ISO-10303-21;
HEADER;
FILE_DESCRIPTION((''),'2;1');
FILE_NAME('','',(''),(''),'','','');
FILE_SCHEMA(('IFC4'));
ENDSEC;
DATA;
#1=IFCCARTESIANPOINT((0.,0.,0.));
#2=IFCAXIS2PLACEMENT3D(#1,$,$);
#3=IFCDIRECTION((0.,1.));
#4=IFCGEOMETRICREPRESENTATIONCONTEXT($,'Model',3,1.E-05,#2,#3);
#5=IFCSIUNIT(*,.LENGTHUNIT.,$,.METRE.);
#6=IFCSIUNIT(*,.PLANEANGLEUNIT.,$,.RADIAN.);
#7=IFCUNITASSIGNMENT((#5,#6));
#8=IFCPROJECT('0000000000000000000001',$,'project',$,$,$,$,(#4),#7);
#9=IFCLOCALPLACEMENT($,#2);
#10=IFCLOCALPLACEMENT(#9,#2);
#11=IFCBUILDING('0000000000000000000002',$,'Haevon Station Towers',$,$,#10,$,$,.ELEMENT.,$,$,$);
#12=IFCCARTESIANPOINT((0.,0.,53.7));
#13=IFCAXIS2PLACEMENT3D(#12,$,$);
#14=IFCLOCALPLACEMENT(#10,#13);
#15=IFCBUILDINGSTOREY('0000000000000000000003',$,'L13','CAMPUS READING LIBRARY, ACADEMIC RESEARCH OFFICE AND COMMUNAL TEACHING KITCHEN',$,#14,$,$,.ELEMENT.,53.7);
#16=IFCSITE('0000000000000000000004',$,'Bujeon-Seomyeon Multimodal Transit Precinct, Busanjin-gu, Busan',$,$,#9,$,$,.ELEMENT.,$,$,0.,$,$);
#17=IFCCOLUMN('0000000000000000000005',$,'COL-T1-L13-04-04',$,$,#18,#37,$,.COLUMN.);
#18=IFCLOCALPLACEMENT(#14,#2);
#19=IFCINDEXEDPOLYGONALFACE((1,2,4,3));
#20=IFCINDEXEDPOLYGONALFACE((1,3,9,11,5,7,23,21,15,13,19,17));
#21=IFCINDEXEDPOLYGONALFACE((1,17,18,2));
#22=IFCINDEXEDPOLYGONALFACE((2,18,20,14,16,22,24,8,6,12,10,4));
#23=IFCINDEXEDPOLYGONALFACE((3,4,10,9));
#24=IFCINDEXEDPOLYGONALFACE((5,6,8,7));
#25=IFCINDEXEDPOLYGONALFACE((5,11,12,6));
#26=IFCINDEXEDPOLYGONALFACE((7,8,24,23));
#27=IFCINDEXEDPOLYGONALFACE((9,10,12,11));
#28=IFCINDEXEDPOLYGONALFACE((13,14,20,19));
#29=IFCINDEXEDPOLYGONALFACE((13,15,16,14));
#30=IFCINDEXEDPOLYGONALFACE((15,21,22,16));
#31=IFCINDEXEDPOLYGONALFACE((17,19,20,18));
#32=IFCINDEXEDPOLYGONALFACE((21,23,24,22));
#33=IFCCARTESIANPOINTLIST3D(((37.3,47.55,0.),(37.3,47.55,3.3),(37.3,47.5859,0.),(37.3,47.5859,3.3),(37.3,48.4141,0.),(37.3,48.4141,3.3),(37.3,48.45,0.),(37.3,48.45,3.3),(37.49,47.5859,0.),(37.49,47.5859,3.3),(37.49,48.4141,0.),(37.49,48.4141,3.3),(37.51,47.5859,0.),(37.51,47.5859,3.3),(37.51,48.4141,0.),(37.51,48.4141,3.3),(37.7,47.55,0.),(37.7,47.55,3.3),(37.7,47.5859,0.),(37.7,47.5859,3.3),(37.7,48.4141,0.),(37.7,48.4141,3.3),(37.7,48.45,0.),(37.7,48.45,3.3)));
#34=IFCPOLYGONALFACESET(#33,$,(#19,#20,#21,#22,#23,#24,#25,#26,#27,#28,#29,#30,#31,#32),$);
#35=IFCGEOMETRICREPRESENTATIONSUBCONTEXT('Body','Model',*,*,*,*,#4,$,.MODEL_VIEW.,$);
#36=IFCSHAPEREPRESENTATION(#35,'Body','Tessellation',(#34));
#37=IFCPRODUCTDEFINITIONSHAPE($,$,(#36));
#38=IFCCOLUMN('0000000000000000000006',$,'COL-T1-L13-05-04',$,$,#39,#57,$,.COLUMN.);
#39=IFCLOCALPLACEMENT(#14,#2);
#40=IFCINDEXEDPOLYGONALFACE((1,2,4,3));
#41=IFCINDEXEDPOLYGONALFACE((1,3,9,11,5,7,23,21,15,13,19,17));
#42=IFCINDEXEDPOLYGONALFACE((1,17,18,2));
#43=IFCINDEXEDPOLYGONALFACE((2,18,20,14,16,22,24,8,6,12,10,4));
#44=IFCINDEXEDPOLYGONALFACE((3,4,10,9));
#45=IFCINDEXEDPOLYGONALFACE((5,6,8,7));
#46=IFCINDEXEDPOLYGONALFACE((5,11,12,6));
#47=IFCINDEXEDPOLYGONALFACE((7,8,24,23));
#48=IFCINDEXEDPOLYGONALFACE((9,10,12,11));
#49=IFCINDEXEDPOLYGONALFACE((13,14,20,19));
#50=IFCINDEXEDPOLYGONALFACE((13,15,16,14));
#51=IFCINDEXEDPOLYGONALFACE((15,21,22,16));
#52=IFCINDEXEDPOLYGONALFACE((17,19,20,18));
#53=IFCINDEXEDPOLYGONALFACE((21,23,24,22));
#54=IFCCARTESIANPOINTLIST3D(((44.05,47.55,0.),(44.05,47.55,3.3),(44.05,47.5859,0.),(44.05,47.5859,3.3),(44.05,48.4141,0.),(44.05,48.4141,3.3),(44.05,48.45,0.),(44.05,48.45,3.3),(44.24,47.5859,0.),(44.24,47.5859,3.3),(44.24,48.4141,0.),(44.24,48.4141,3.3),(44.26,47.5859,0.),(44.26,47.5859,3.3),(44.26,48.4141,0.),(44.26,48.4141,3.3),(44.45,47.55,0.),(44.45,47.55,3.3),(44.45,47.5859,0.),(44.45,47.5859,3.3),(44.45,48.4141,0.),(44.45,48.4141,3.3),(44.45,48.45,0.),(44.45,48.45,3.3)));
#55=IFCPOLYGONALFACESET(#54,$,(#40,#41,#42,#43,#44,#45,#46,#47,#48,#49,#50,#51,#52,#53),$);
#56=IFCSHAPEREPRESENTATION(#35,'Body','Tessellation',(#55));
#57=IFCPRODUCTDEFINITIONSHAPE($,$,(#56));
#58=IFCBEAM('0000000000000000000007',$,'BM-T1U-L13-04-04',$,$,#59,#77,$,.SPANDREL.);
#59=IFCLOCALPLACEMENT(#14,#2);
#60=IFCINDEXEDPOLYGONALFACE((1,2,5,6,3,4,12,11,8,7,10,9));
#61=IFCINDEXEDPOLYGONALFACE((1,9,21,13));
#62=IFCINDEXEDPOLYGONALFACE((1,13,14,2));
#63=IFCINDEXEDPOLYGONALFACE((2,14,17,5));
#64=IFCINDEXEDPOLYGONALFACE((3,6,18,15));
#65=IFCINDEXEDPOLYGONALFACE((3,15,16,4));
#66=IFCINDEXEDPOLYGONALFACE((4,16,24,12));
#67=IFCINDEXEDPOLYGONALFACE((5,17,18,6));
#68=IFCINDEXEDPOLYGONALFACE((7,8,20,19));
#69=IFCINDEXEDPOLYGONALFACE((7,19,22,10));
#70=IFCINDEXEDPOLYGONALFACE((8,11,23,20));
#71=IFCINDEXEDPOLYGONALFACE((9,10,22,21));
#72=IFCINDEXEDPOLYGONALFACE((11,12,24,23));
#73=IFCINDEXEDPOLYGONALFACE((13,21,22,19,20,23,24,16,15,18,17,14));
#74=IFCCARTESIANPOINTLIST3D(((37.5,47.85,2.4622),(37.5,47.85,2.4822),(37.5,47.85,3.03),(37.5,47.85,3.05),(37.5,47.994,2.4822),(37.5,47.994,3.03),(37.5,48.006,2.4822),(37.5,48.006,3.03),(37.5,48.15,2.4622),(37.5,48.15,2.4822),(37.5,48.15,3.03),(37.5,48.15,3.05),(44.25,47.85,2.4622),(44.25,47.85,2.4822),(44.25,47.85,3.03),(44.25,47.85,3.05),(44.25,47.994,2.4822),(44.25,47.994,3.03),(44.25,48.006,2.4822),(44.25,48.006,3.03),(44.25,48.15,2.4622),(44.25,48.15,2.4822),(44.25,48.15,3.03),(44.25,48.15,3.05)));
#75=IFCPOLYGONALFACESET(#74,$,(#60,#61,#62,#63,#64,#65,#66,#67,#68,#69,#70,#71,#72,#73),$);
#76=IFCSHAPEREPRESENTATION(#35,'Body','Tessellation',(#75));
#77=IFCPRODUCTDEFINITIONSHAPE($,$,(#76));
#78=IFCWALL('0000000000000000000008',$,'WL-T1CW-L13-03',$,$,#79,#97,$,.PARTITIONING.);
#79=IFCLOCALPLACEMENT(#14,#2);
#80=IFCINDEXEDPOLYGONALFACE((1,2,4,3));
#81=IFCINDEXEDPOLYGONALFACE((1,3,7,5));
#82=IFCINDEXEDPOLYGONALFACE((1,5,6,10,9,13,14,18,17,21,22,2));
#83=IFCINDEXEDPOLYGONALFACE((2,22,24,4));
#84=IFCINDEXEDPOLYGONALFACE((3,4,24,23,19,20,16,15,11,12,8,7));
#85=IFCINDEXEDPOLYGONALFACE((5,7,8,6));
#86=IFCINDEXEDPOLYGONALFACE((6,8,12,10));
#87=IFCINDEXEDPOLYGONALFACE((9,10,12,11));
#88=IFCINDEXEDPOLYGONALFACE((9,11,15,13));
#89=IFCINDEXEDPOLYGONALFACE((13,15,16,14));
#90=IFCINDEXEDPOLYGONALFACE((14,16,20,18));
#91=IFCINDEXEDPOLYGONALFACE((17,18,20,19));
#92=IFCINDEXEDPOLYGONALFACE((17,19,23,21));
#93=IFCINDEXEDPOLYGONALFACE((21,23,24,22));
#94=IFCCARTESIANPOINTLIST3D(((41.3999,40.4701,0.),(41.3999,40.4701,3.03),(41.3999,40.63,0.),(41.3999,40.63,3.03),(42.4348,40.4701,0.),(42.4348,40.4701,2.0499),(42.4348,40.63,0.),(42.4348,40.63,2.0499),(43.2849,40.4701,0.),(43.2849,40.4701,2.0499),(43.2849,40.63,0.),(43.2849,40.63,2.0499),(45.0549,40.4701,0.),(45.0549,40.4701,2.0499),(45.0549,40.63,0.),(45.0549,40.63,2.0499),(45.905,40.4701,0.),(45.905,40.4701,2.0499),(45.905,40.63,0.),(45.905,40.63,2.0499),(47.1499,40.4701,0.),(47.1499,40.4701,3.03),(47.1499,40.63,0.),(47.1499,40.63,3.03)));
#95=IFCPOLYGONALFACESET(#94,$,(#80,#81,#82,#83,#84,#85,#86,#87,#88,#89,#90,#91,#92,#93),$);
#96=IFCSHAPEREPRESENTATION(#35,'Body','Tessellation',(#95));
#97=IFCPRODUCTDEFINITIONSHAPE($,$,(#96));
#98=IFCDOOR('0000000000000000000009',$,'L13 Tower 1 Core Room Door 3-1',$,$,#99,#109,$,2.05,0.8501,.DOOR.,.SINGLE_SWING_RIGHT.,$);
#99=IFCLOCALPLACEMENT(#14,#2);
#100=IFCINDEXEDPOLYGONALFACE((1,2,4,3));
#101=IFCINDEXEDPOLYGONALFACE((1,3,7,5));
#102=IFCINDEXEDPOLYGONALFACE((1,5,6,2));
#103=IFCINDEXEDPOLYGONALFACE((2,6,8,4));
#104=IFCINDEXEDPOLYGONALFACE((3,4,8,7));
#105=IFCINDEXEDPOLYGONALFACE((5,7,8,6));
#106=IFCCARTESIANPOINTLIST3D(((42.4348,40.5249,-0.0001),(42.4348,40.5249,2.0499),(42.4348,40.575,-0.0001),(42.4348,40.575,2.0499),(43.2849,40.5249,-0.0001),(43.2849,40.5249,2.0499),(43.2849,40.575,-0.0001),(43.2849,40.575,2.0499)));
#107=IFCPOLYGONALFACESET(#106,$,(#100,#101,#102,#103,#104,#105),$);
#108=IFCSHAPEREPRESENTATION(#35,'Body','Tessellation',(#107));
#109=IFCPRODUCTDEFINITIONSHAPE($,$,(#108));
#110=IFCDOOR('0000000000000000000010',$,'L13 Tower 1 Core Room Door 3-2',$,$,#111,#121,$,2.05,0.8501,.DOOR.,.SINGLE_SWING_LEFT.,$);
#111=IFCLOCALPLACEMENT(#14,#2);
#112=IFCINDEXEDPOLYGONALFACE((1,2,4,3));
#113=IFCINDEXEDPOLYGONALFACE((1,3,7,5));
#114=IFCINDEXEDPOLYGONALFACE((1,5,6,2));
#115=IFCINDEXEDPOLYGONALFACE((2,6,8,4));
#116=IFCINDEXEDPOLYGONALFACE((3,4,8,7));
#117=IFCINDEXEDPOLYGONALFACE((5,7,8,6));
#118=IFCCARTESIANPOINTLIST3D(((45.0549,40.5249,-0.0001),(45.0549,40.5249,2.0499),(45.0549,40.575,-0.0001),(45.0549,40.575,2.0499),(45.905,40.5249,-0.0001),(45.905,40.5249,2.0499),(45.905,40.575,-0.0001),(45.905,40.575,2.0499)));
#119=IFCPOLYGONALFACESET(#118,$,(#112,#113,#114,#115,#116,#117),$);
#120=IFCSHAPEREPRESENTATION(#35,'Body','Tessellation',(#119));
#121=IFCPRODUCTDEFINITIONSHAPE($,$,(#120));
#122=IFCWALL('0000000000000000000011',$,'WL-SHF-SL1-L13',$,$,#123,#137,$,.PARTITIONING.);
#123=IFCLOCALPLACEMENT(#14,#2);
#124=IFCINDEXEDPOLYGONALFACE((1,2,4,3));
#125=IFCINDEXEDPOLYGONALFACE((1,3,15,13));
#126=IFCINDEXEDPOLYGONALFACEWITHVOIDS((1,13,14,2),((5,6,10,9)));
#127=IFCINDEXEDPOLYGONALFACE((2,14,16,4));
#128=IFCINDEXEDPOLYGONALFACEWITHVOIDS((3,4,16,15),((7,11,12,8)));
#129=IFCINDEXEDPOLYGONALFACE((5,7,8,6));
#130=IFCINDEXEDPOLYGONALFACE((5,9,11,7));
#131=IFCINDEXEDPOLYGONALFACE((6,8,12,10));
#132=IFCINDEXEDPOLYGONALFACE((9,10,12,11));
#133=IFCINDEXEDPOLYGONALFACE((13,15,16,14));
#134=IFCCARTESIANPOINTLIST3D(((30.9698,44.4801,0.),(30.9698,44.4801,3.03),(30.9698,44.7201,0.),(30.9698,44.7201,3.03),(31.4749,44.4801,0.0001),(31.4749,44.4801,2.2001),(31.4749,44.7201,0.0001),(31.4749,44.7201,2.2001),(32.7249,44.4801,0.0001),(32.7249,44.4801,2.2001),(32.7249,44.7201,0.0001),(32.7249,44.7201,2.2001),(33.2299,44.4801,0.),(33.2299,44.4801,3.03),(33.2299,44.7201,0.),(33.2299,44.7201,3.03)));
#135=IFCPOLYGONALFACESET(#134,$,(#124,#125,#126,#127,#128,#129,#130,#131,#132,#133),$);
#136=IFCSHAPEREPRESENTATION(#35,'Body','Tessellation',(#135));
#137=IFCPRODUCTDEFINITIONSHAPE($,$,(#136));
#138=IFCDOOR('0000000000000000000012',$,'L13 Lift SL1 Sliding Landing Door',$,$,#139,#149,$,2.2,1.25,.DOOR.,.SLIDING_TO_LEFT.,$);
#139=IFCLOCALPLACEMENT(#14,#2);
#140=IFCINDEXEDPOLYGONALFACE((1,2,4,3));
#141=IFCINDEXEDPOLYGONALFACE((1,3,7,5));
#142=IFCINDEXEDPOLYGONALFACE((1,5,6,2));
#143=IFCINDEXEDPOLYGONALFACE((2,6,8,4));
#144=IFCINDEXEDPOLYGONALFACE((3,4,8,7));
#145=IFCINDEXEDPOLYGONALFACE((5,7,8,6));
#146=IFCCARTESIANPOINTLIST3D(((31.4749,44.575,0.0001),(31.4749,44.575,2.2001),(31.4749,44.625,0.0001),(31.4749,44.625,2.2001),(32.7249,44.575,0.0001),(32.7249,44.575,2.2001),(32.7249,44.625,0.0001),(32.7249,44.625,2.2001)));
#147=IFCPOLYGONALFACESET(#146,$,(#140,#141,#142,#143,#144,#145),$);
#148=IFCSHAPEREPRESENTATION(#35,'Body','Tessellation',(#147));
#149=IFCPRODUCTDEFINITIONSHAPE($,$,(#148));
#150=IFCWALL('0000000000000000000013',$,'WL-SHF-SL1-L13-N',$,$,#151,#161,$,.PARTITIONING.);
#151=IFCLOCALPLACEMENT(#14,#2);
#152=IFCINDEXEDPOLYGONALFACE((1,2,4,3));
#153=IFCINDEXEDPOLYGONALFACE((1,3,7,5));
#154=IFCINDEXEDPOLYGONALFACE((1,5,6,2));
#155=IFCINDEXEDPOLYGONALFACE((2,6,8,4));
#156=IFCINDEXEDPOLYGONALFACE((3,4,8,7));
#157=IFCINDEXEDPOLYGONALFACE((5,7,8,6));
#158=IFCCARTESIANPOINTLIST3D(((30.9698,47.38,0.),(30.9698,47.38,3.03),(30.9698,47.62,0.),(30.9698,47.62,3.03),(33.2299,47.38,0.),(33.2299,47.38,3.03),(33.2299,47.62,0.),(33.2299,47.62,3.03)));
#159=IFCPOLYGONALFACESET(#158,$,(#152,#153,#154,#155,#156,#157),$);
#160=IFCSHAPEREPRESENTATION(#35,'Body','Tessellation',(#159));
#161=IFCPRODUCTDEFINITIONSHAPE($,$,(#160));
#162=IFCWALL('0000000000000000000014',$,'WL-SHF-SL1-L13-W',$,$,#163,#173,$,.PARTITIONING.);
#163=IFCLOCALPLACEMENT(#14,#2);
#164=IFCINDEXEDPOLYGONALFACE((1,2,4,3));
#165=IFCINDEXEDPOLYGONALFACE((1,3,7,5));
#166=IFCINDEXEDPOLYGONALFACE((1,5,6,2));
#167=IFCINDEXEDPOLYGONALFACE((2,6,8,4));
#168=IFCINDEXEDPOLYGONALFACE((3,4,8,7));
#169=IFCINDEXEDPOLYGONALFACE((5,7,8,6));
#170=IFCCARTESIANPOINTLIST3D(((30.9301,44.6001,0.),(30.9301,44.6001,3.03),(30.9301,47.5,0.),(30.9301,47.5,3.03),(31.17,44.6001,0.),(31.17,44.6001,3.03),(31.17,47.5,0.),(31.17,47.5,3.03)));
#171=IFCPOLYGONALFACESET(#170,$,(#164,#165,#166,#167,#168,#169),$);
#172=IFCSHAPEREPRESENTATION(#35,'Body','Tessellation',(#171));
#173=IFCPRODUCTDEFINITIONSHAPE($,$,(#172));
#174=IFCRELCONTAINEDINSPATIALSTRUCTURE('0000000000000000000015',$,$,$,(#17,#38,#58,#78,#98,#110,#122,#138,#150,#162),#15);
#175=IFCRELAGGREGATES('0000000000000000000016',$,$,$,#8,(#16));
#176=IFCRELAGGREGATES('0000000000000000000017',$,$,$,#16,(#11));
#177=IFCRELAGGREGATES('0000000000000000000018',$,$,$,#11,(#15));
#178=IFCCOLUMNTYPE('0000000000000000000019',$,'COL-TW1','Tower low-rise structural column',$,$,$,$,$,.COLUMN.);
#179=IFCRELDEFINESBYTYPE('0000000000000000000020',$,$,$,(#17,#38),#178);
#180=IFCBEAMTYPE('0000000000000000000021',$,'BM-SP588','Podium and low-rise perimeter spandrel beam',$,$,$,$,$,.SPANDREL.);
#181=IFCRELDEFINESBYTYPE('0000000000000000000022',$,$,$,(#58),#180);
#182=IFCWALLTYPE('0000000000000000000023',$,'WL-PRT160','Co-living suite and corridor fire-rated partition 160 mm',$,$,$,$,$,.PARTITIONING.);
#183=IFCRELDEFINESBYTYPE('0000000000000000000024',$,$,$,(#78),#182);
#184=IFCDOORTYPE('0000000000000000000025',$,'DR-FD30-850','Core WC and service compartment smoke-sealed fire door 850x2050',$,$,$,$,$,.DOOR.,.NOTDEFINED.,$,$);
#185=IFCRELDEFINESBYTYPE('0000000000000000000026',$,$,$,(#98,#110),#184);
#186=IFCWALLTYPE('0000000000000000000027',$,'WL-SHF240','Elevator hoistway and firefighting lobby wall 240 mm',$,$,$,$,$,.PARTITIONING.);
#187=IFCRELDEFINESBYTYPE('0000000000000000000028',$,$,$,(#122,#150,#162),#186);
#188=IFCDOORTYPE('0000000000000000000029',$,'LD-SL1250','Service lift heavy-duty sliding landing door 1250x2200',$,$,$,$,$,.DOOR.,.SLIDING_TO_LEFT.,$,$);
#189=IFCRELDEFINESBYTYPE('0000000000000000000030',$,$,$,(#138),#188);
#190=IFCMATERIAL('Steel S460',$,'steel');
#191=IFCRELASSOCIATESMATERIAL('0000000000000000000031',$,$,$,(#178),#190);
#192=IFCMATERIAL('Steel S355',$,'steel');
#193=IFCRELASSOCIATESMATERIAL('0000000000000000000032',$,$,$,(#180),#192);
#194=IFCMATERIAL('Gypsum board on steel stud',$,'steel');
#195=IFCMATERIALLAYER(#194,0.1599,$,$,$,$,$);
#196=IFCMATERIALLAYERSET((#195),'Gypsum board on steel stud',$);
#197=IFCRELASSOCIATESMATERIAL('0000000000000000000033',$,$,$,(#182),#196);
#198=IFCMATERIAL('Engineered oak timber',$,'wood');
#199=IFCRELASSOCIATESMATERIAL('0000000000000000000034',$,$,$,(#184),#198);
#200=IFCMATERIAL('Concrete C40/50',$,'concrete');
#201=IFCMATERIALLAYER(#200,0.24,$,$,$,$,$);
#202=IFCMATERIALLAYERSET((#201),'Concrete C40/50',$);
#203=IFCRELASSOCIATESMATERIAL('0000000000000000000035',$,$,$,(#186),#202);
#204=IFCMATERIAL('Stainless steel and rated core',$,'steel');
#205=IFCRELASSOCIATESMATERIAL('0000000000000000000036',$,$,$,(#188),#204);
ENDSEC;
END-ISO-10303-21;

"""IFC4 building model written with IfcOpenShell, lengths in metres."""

from ifc_helpers import new_model, si_unit, direction, frame, frame_2d, origin, origin_2d, place, context, subcontext, project, spatial, rectangle, i_section, extrude, material, layer, layer_set, material_profile, profile_set, type_object, element, fill, save


model = new_model("IFC4")

# Units and contexts
model_context = context("Model", 3, precision=1e-05, world=origin(), true_north=direction((0.0, 1.0)))
body_context = subcontext(model_context, "Body", "Model", "MODEL_VIEW")
ifc_project = project(units=[si_unit("LENGTHUNIT", "METRE"), si_unit("PLANEANGLEUNIT", "RADIAN")], contexts=[model_context])

# Site, building, storey
site_placement = place(None, origin())
site = spatial("IfcSite", under=ifc_project, at=site_placement, Name="Bujeon-Seomyeon Multimodal Transit Precinct, Busanjin-gu, Busan", CompositionType="ELEMENT", RefElevation=0.0)
building_placement = place(site_placement, origin())
building = spatial("IfcBuilding", under=site, at=building_placement, Name="Haevon Station Towers", CompositionType="ELEMENT")
storey_placement = place(building_placement, frame((0.0, 0.0, 53.7)))
storey = spatial("IfcBuildingStorey", under=building, at=storey_placement, Name="L13", Description="CAMPUS READING LIBRARY, ACADEMIC RESEARCH OFFICE AND COMMUNAL TEACHING KITCHEN", CompositionType="ELEMENT", Elevation=53.7)

# Columns
ifc_material_1 = material(Name="Steel S460", Category="steel")
ifc_material_profile_1 = material_profile(ifc_material_1, i_section(OverallWidth=0.3999, OverallDepth=0.8999, WebThickness=0.02, FlangeThickness=0.0359, at=origin_2d()), Name="H-900x400x20x36")
ifc_profile_set_1 = profile_set([ifc_material_profile_1], Name="Steel S460")
column_type = type_object("IfcColumnType", Name="COL-TW1", Description="Tower low-rise structural column", PredefinedType="COLUMN", material=ifc_profile_set_1)
for number, where, z_axis, x_axis, name in (
    (1, (37.5, 48.0, 0.0), (0.0, 0.0, 1.0), (1.0, 0.0, 0.0), "COL-T1-L13-04-04"),
    (2, (44.25, 48.0, 0.0), (0.0, 0.0, 1.0), (1.0, 0.0, 0.0), "COL-T1-L13-05-04"),
):
    element("IfcColumn", number, at=place(storey_placement, frame(where, z_axis=z_axis, x_axis=x_axis)), inside=storey, type_object=column_type, Name=name, PredefinedType="COLUMN", context=body_context, shape_type="SweptSolid", body=[
        extrude(i_section(OverallWidth=0.3999, OverallDepth=0.8999, WebThickness=0.02, FlangeThickness=0.0359, at=origin_2d()), origin(), (0.0, 0.0, 1.0), 3.3),
    ])

# Beam
ifc_material_2 = material(Name="Steel S355", Category="steel")
ifc_material_profile_2 = material_profile(ifc_material_2, i_section(OverallWidth=0.3, OverallDepth=0.5879, WebThickness=0.012, FlangeThickness=0.02, at=origin_2d()), Name="H-588x300x12x20")
ifc_profile_set_2 = profile_set([ifc_material_profile_2], Name="Steel S355")
beam_type = type_object("IfcBeamType", Name="BM-SP588", Description="Podium and low-rise perimeter spandrel beam", PredefinedType="SPANDREL", material=ifc_profile_set_2)
beam_placement = place(storey_placement, frame((37.5, 48.0, 2.7561), z_axis=(1.0, 0.0, 0.0), x_axis=(0.0, 1.0, 0.0)))
element("IfcBeam", 3, at=beam_placement, inside=storey, type_object=beam_type, Name="BM-T1U-L13-04-04", PredefinedType="SPANDREL", context=body_context, shape_type="SweptSolid", body=[
    extrude(i_section(OverallWidth=0.3, OverallDepth=0.5879, WebThickness=0.012, FlangeThickness=0.02, at=origin_2d()), origin(), (0.0, 0.0, 1.0), 6.75),
])

# Wall, openings, doors
ifc_material_3 = material(Name="Gypsum board on steel stud", Category="steel")
ifc_layer_1 = layer(ifc_material_3, 0.1599)
ifc_layer_set_1 = layer_set([ifc_layer_1], Name="Gypsum board on steel stud")
wall_type_1 = type_object("IfcWallType", Name="WL-PRT160", Description="Co-living suite and corridor fire-rated partition 160 mm", PredefinedType="PARTITIONING", material=ifc_layer_set_1)
wall_1_placement = place(storey_placement, frame((41.3999, 40.55, 0.0), z_axis=(0.0, 0.0, 1.0), x_axis=(1.0, 0.0, 0.0)))
wall_1 = element("IfcWall", 4, at=wall_1_placement, inside=storey, type_object=wall_type_1, Name="WL-T1CW-L13-03", PredefinedType="PARTITIONING", context=body_context, shape_type="SweptSolid", body=[
    extrude(rectangle(XDim=5.75, YDim=0.1599, at=frame_2d((2.875, 0.0))), origin(), (0.0, 0.0, 1.0), 3.03),
])
opening_1_placement = place(wall_1_placement, frame((1.0349, 0.0, 0.0)))
opening_1 = element("IfcOpeningElement", 5, at=opening_1_placement, cuts=wall_1, PredefinedType="OPENING", context=body_context, shape_type="SweptSolid", body=[
    extrude(rectangle(XDim=0.8501, YDim=2.05, at=frame_2d((0.425, 1.0249))), frame((0.0, 0.0898, 0.0), z_axis=(0.0, -1.0, 0.0), x_axis=(1.0, 0.0, 0.0)), (0.0, 0.0, 1.0), 0.1799),
])
opening_2_placement = place(wall_1_placement, frame((3.655, 0.0, 0.0)))
opening_2 = element("IfcOpeningElement", 6, at=opening_2_placement, cuts=wall_1, PredefinedType="OPENING", context=body_context, shape_type="SweptSolid", body=[
    extrude(rectangle(XDim=0.8501, YDim=2.05, at=frame_2d((0.425, 1.0249))), frame((0.0, 0.0898, 0.0), z_axis=(0.0, -1.0, 0.0), x_axis=(1.0, 0.0, 0.0)), (0.0, 0.0, 1.0), 0.1799),
])
ifc_material_4 = material(Name="Engineered oak timber", Category="wood")
door_type_1 = type_object("IfcDoorType", Name="DR-FD30-850", Description="Core WC and service compartment smoke-sealed fire door 850x2050", OperationType="NOTDEFINED", PredefinedType="DOOR", material=ifc_material_4)
door_1_placement = place(opening_1_placement, origin())
door_1 = element("IfcDoor", 7, at=door_1_placement, inside=storey, type_object=door_type_1, Name="L13 Tower 1 Core Room Door 3-1", OperationType="SINGLE_SWING_RIGHT", OverallHeight=2.05, OverallWidth=0.8501, PredefinedType="DOOR", context=body_context, shape_type="SweptSolid", body=[
    extrude(rectangle(XDim=0.8501, YDim=2.05, at=frame_2d((0.425, 1.0249))), frame((0.0, 0.0249, 0.0), z_axis=(0.0, -1.0, 0.0), x_axis=(1.0, 0.0, 0.0)), (0.0, 0.0, 1.0), 0.05),
])
fill(opening_1, door_1)
door_2_placement = place(opening_2_placement, origin())
door_2 = element("IfcDoor", 8, at=door_2_placement, inside=storey, type_object=door_type_1, Name="L13 Tower 1 Core Room Door 3-2", OperationType="SINGLE_SWING_LEFT", OverallHeight=2.05, OverallWidth=0.8501, PredefinedType="DOOR", context=body_context, shape_type="SweptSolid", body=[
    extrude(rectangle(XDim=0.8501, YDim=2.05, at=frame_2d((0.425, 1.0249))), frame((0.0, 0.0249, 0.0), z_axis=(0.0, -1.0, 0.0), x_axis=(1.0, 0.0, 0.0)), (0.0, 0.0, 1.0), 0.05),
])
fill(opening_2, door_2)

# Wall, opening, door
ifc_material_5 = material(Name="Concrete C40/50", Category="concrete")
ifc_layer_2 = layer(ifc_material_5, 0.24)
ifc_layer_set_2 = layer_set([ifc_layer_2], Name="Concrete C40/50")
wall_type_2 = type_object("IfcWallType", Name="WL-SHF240", Description="Elevator hoistway and firefighting lobby wall 240 mm", PredefinedType="PARTITIONING", material=ifc_layer_set_2)
wall_2_placement = place(storey_placement, frame((30.97, 44.6001, 0.0), z_axis=(0.0, 0.0, 1.0), x_axis=(1.0, 0.0, 0.0)))
wall_2 = element("IfcWall", 9, at=wall_2_placement, inside=storey, type_object=wall_type_2, Name="WL-SHF-SL1-L13", PredefinedType="PARTITIONING", context=body_context, shape_type="SweptSolid", body=[
    extrude(rectangle(XDim=2.26, YDim=0.24, at=frame_2d((1.1299, 0.0))), origin(), (0.0, 0.0, 1.0), 3.03),
])
opening_3_placement = place(wall_2_placement, frame((0.5049, 0.0, 0.0)))
opening_3 = element("IfcOpeningElement", 10, at=opening_3_placement, cuts=wall_2, PredefinedType="OPENING", context=body_context, shape_type="SweptSolid", body=[
    extrude(rectangle(XDim=1.25, YDim=2.2, at=frame_2d((0.625, 1.1001))), frame((0.0, 0.1299, 0.0), z_axis=(0.0, -1.0, 0.0), x_axis=(1.0, 0.0, 0.0)), (0.0, 0.0, 1.0), 0.26),
])
ifc_material_6 = material(Name="Stainless steel and rated core", Category="steel")
door_type_2 = type_object("IfcDoorType", Name="LD-SL1250", Description="Service lift heavy-duty sliding landing door 1250x2200", OperationType="SLIDING_TO_LEFT", PredefinedType="DOOR", material=ifc_material_6)
door_3_placement = place(opening_3_placement, origin())
door_3 = element("IfcDoor", 11, at=door_3_placement, inside=storey, type_object=door_type_2, Name="L13 Lift SL1 Sliding Landing Door", OperationType="SLIDING_TO_LEFT", OverallHeight=2.2, OverallWidth=1.25, PredefinedType="DOOR", context=body_context, shape_type="SweptSolid", body=[
    extrude(rectangle(XDim=1.25, YDim=2.2, at=frame_2d((0.625, 1.1001))), frame((0.0, 0.0249, 0.0), z_axis=(0.0, -1.0, 0.0), x_axis=(1.0, 0.0, 0.0)), (0.0, 0.0, 1.0), 0.05),
])
fill(opening_3, door_3)

# Walls
wall_3_placement = place(storey_placement, frame((30.97, 47.5, 0.0), z_axis=(0.0, 0.0, 1.0), x_axis=(1.0, 0.0, 0.0)))
element("IfcWall", 12, at=wall_3_placement, inside=storey, type_object=wall_type_2, Name="WL-SHF-SL1-L13-N", PredefinedType="PARTITIONING", context=body_context, shape_type="SweptSolid", body=[
    extrude(rectangle(XDim=2.26, YDim=0.24, at=frame_2d((1.1299, 0.0))), origin(), (0.0, 0.0, 1.0), 3.03),
])
for number, where, z_axis, x_axis, name in (
    (13, (31.05, 44.6001, 0.0), (0.0, 0.0, 1.0), (0.0, 1.0, 0.0), "WL-SHF-SL1-L13-W"),
):
    element("IfcWall", number, at=place(storey_placement, frame(where, z_axis=z_axis, x_axis=x_axis)), inside=storey, type_object=wall_type_2, Name=name, PredefinedType="PARTITIONING", context=body_context, shape_type="SweptSolid", body=[
        extrude(rectangle(XDim=2.8999, YDim=0.24, at=frame_2d((1.45, 0.0))), origin(), (0.0, 0.0, 1.0), 3.03),
    ])

save(model, "model.ifc")
